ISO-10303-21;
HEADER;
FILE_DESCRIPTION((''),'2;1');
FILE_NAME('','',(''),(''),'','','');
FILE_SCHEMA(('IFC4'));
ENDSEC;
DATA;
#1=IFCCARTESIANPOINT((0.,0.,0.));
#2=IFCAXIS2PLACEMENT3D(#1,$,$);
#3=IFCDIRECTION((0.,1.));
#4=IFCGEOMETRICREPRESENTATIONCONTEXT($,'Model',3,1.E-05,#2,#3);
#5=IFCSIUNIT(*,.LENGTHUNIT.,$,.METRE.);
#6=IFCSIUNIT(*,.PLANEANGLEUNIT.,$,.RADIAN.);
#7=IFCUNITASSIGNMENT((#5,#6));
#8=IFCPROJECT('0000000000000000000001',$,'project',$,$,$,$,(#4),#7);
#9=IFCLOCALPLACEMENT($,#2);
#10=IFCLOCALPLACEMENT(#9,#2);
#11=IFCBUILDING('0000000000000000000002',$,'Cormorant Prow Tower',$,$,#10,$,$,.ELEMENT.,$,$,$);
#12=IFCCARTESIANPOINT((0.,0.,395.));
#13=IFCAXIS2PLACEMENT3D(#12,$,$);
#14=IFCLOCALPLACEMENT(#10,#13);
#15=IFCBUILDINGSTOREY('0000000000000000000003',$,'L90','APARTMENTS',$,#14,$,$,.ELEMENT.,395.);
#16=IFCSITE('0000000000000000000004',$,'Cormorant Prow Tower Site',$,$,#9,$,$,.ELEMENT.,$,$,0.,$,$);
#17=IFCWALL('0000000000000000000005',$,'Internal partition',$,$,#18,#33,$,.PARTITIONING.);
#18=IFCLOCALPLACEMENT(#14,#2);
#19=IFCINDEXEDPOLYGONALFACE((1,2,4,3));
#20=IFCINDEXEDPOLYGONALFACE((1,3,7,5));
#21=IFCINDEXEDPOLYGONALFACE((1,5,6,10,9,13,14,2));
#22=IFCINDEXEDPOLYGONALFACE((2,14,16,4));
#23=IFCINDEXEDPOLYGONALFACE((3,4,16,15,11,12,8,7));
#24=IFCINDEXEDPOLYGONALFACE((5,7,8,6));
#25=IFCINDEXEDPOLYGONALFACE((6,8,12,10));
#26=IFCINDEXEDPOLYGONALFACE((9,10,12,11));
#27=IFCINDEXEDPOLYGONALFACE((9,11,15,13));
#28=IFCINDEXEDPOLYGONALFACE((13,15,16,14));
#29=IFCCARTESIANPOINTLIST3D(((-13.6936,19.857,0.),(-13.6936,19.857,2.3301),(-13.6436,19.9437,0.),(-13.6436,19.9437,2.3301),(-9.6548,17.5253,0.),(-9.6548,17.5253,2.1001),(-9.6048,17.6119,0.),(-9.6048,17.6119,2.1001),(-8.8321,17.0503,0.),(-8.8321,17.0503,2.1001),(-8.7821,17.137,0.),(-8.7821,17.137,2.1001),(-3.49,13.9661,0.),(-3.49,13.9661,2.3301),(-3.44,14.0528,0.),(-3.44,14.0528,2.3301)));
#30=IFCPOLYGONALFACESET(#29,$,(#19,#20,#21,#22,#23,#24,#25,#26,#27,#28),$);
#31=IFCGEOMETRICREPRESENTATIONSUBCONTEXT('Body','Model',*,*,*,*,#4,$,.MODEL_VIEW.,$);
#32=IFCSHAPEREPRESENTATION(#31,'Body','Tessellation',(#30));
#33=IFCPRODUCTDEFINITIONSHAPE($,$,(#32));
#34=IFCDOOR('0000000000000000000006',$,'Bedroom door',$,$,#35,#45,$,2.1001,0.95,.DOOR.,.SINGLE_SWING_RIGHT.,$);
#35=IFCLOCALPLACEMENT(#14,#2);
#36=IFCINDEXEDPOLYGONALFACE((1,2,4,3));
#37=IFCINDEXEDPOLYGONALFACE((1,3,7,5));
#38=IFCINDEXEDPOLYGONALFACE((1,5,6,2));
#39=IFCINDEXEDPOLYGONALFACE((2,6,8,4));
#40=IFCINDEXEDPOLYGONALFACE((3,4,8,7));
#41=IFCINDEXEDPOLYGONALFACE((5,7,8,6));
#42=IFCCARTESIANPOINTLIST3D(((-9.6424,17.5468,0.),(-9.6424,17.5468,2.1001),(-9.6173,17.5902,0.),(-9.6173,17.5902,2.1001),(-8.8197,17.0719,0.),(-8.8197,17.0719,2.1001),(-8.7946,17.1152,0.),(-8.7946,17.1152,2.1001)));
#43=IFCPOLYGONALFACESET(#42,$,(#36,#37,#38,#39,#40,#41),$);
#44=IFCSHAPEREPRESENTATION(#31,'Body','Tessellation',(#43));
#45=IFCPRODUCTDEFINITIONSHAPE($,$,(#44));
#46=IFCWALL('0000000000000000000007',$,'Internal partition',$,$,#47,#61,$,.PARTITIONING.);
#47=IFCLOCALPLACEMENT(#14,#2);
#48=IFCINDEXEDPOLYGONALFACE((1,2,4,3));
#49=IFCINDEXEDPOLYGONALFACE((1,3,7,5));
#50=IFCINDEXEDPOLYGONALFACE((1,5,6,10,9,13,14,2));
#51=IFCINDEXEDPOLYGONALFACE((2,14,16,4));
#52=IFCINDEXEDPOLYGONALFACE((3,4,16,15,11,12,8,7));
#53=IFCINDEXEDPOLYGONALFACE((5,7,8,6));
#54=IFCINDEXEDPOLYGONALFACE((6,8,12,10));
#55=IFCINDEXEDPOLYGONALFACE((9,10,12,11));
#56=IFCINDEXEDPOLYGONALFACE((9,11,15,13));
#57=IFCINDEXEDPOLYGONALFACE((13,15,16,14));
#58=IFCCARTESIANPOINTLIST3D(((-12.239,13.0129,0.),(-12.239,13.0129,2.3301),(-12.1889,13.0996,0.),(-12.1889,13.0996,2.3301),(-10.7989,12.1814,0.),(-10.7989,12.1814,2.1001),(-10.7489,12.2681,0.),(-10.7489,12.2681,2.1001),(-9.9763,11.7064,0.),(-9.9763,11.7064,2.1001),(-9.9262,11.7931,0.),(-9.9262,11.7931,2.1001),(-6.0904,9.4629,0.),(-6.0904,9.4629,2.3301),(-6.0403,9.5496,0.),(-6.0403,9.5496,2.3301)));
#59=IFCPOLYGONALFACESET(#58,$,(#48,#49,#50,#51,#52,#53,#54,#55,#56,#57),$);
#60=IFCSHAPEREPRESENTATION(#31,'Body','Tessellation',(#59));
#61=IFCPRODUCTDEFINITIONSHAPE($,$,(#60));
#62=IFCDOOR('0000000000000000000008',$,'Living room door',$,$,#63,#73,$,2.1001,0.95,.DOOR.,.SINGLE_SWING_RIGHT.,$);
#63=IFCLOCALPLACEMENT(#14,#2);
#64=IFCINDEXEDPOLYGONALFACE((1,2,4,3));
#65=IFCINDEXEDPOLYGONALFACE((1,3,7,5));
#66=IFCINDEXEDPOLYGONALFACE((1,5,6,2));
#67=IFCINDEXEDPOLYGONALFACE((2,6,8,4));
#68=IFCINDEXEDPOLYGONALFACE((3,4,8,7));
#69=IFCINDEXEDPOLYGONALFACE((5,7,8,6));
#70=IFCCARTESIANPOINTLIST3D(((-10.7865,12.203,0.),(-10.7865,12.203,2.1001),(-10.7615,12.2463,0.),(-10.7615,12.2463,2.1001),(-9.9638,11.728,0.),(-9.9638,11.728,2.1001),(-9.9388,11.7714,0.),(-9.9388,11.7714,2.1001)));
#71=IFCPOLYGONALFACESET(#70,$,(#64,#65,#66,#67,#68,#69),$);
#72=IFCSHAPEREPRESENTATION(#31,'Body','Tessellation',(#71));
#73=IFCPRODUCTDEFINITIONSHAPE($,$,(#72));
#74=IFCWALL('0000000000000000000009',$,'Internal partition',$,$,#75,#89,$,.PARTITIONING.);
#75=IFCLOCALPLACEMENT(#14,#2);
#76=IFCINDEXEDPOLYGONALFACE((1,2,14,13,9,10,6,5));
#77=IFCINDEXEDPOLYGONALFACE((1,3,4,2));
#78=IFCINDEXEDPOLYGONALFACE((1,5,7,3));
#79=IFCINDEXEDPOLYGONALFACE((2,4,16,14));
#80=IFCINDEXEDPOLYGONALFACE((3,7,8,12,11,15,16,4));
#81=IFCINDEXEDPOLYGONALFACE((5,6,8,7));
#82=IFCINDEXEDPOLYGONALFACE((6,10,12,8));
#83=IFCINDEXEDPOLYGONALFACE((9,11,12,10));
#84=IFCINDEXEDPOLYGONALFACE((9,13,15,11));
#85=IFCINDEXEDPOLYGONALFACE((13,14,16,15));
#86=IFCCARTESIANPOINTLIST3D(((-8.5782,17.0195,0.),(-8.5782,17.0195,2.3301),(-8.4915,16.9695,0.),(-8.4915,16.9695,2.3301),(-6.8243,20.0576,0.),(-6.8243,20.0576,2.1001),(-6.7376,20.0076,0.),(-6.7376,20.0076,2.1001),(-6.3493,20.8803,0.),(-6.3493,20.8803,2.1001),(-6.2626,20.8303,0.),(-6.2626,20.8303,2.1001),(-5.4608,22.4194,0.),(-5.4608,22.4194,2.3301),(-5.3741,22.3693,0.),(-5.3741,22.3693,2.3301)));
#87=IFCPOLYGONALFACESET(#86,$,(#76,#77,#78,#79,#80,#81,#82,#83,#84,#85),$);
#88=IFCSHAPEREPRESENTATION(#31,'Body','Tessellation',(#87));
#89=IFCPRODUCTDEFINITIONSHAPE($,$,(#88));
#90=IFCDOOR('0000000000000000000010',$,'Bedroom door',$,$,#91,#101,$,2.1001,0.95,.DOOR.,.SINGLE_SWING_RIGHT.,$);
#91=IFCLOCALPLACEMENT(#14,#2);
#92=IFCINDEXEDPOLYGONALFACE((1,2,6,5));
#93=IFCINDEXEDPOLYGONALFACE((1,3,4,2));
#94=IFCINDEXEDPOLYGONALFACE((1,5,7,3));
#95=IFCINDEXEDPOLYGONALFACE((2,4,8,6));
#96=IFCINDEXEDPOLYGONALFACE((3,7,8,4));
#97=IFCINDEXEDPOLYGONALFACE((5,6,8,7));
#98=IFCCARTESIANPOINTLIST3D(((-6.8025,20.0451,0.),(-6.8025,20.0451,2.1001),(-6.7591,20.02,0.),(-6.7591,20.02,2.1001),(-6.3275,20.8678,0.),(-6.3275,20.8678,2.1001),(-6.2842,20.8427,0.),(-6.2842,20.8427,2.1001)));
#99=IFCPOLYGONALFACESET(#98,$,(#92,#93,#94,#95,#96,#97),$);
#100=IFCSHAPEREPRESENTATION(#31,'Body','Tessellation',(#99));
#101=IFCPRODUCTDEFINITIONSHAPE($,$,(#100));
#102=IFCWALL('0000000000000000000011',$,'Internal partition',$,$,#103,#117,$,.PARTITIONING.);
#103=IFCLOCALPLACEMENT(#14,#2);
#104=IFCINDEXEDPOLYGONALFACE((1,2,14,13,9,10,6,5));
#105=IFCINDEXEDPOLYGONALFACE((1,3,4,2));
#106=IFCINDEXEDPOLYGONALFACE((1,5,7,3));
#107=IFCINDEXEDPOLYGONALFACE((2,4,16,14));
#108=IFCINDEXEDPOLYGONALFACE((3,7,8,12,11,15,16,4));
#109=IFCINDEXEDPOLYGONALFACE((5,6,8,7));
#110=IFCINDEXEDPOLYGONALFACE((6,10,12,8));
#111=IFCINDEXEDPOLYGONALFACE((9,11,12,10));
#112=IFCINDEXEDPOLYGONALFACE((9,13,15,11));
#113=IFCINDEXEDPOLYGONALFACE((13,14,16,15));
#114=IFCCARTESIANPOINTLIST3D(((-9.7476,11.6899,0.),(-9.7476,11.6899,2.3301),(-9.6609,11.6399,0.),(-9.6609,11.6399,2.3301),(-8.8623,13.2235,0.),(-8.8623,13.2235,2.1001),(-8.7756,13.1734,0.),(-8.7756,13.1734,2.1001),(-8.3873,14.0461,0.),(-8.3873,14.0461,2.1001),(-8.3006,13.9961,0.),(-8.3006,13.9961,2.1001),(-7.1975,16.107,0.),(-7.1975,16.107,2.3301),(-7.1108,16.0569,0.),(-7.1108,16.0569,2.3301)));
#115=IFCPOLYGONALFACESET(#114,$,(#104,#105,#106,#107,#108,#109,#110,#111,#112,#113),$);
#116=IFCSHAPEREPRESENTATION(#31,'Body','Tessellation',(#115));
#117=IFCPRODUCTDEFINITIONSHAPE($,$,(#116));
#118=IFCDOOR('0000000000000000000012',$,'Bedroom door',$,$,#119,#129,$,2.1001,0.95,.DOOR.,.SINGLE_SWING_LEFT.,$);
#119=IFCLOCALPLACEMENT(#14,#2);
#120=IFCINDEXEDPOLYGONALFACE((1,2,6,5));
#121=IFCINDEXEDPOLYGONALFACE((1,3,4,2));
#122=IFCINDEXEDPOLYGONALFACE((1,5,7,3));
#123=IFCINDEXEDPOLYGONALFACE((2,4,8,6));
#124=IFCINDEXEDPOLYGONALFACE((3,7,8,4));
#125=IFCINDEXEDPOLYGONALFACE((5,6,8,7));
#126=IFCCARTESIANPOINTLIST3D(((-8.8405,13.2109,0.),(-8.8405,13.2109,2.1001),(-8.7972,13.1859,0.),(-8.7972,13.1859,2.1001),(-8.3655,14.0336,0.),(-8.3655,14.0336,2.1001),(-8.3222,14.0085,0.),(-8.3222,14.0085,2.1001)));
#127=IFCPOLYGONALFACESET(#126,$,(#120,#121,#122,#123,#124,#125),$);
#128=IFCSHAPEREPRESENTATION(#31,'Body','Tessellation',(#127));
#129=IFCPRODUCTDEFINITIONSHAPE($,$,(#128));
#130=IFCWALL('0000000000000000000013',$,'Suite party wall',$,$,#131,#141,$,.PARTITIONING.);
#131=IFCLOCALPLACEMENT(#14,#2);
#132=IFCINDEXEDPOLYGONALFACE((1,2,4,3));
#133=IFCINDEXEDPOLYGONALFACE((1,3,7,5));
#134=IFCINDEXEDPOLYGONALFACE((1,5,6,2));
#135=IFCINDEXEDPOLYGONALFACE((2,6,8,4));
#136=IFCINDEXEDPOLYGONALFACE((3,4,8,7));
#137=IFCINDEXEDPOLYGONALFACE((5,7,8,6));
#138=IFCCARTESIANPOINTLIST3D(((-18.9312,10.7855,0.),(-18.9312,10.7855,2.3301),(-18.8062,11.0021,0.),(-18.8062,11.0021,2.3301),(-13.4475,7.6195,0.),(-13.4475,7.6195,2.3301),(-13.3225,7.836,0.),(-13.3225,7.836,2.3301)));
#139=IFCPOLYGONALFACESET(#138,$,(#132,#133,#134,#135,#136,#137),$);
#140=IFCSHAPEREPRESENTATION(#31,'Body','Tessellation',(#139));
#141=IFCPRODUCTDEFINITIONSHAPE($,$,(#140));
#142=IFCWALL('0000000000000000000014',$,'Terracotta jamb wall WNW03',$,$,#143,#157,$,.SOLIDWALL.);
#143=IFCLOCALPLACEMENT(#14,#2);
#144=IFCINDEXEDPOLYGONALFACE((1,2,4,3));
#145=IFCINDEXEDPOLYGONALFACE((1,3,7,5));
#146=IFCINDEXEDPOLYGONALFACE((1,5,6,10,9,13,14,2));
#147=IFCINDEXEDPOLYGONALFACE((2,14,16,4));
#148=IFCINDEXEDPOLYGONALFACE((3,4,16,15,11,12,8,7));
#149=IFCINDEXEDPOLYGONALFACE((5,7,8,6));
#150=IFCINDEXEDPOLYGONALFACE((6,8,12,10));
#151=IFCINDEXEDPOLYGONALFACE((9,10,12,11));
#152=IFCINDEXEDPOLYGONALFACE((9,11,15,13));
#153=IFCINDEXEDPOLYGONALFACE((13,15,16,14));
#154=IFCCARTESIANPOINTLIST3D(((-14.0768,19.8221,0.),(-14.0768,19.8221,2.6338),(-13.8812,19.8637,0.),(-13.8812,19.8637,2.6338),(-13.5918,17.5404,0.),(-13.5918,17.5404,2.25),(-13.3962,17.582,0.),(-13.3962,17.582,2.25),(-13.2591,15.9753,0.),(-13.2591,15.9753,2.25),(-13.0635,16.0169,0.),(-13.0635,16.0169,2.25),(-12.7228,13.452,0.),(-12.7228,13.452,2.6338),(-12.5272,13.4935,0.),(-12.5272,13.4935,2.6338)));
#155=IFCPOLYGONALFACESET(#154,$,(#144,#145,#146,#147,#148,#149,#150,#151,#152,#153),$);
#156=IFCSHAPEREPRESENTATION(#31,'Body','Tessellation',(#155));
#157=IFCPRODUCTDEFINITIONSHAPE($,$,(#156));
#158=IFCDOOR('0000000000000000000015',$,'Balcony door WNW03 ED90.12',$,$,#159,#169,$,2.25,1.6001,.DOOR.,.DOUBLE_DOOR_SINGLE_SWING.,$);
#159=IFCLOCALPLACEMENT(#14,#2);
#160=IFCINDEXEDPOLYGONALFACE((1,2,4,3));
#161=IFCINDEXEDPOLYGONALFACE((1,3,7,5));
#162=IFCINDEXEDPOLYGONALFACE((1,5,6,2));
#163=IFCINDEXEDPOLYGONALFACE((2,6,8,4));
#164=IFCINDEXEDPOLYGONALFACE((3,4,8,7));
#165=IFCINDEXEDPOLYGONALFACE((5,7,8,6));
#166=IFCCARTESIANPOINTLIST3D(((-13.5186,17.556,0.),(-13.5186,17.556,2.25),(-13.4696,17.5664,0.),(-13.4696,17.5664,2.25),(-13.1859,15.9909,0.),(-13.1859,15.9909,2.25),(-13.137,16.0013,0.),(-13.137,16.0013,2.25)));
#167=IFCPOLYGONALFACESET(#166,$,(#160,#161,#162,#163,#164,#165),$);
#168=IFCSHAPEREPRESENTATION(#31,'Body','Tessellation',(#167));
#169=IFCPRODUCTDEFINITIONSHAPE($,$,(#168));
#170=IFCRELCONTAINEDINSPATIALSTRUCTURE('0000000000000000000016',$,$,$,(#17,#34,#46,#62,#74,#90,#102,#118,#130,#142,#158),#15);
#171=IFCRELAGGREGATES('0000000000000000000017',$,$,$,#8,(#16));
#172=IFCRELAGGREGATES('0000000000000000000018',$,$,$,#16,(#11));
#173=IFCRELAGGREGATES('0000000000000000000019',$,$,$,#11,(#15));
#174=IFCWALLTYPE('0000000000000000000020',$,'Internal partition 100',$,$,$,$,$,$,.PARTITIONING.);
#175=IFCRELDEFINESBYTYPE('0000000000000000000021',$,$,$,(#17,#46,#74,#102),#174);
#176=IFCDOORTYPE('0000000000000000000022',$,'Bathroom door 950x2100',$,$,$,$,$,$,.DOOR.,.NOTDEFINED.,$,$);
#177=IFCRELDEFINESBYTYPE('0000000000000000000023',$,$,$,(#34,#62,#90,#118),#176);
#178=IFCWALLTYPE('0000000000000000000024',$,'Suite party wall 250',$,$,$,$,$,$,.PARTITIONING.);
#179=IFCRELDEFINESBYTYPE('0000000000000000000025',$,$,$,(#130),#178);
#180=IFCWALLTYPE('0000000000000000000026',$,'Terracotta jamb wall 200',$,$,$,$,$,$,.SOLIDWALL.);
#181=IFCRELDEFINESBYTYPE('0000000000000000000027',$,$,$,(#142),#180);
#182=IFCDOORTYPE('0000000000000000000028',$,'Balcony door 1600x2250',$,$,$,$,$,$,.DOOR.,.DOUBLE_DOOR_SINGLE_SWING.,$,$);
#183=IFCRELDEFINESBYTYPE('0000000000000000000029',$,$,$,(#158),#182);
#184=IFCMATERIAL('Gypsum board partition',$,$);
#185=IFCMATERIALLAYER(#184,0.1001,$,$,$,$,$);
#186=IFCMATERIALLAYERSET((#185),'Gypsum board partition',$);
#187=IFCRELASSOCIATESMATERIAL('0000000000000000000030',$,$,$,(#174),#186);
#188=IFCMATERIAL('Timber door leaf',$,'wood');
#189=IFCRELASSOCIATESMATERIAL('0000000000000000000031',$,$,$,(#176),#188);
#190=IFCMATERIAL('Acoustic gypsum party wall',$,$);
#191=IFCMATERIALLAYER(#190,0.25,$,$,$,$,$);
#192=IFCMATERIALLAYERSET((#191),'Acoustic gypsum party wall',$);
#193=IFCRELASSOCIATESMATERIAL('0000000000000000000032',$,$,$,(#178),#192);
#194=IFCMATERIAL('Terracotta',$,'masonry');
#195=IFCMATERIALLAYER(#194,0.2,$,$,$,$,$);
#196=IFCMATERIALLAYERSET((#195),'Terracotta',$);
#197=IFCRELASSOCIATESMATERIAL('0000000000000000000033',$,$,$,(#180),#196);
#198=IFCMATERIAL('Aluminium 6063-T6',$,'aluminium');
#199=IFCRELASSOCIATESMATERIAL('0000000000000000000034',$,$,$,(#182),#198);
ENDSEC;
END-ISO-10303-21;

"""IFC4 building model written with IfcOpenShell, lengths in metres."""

from ifc_helpers import new_model, si_unit, direction, frame, frame_2d, origin, place, context, subcontext, project, spatial, rectangle, extrude, material, layer, layer_set, type_object, element, fill, save


model = new_model("IFC4")

# Units and contexts
model_context = context("Model", 3, precision=1e-05, world=origin(), true_north=direction((0.0, 1.0)))
body_context = subcontext(model_context, "Body", "Model", "MODEL_VIEW")
ifc_project = project(units=[si_unit("LENGTHUNIT", "METRE"), si_unit("PLANEANGLEUNIT", "RADIAN")], contexts=[model_context])

# Site, building, storey
site_placement = place(None, origin())
site = spatial("IfcSite", under=ifc_project, at=site_placement, Name="Cormorant Prow Tower Site", CompositionType="ELEMENT", RefElevation=0.0)
building_placement = place(site_placement, origin())
building = spatial("IfcBuilding", under=site, at=building_placement, Name="Cormorant Prow Tower", CompositionType="ELEMENT")
storey_placement = place(building_placement, frame((0.0, 0.0, 395.0)))
storey = spatial("IfcBuildingStorey", under=building, at=storey_placement, Name="L90", Description="APARTMENTS", CompositionType="ELEMENT", Elevation=395.0)

# Walls, openings, doors
ifc_material_1 = material(Name="Gypsum board partition")
ifc_layer_1 = layer(ifc_material_1, 0.1001)
ifc_layer_set_1 = layer_set([ifc_layer_1], Name="Gypsum board partition")
wall_type_1 = type_object("IfcWallType", Name="Internal partition 100", PredefinedType="PARTITIONING", material=ifc_layer_set_1)
wall_1_placement = place(storey_placement, frame((-13.6687, 19.9004, 0.0), z_axis=(0.0, 0.0, 1.0), x_axis=(0.866032, -0.499988, 0.0)))
wall_1 = element("IfcWall", 1, at=wall_1_placement, inside=storey, type_object=wall_type_1, Name="Internal partition", PredefinedType="PARTITIONING", context=body_context, shape_type="SweptSolid", body=[
    extrude(rectangle(XDim=11.782, YDim=0.1001, at=frame_2d((5.8911, 0.0))), origin(), (0.0, 0.0, 1.0), 2.3301),
])
opening_1_placement = place(wall_1_placement, frame((4.6636, 0.0, 0.0)))
opening_1 = element("IfcOpeningElement", 2, at=opening_1_placement, cuts=wall_1, PredefinedType="OPENING", context=body_context, shape_type="SweptSolid", body=[
    extrude(rectangle(XDim=0.95, YDim=2.1001, at=frame_2d((0.4751, 1.05))), frame((0.0, 0.0601, 0.0), z_axis=(0.0, -1.0, 0.0), x_axis=(1.0, 0.0, 0.0)), (0.0, 0.0, 1.0), 0.1201),
])
ifc_material_2 = material(Name="Timber door leaf", Category="wood")
door_type_1 = type_object("IfcDoorType", Name="Bathroom door 950x2100", OperationType="NOTDEFINED", PredefinedType="DOOR", material=ifc_material_2)
door_1_placement = place(opening_1_placement, origin())
door_1 = element("IfcDoor", 3, at=door_1_placement, inside=storey, type_object=door_type_1, Name="Bedroom door", OperationType="SINGLE_SWING_RIGHT", OverallHeight=2.1001, OverallWidth=0.95, PredefinedType="DOOR", context=body_context, shape_type="SweptSolid", body=[
    extrude(rectangle(XDim=0.95, YDim=2.1001, at=frame_2d((0.4751, 1.05))), frame((0.0, 0.0249, 0.0), z_axis=(0.0, -1.0, 0.0), x_axis=(1.0, 0.0, 0.0)), (0.0, 0.0, 1.0), 0.05),
])
fill(opening_1, door_1)
wall_2_placement = place(storey_placement, frame((-12.2139, 13.0562, 0.0), z_axis=(0.0, 0.0, 1.0), x_axis=(0.866019, -0.500011, 0.0)))
wall_2 = element("IfcWall", 4, at=wall_2_placement, inside=storey, type_object=wall_type_1, Name="Internal partition", PredefinedType="PARTITIONING", context=body_context, shape_type="SweptSolid", body=[
    extrude(rectangle(XDim=7.0999, YDim=0.1001, at=frame_2d((3.5498, 0.0))), origin(), (0.0, 0.0, 1.0), 2.3301),
])
opening_2_placement = place(wall_2_placement, frame((1.6626, 0.0, 0.0)))
opening_2 = element("IfcOpeningElement", 5, at=opening_2_placement, cuts=wall_2, PredefinedType="OPENING", context=body_context, shape_type="SweptSolid", body=[
    extrude(rectangle(XDim=0.95, YDim=2.1001, at=frame_2d((0.4751, 1.05))), frame((0.0, 0.0601, 0.0), z_axis=(0.0, -1.0, 0.0), x_axis=(1.0, 0.0, 0.0)), (0.0, 0.0, 1.0), 0.1201),
])
door_2_placement = place(opening_2_placement, origin())
door_2 = element("IfcDoor", 6, at=door_2_placement, inside=storey, type_object=door_type_1, Name="Living room door", OperationType="SINGLE_SWING_RIGHT", OverallHeight=2.1001, OverallWidth=0.95, PredefinedType="DOOR", context=body_context, shape_type="SweptSolid", body=[
    extrude(rectangle(XDim=0.95, YDim=2.1001, at=frame_2d((0.4751, 1.05))), frame((0.0, 0.0249, 0.0), z_axis=(0.0, -1.0, 0.0), x_axis=(1.0, 0.0, 0.0)), (0.0, 0.0, 1.0), 0.05),
])
fill(opening_2, door_2)
wall_3_placement = place(storey_placement, frame((-8.5349, 16.9944, 0.0), z_axis=(0.0, 0.0, 1.0), x_axis=(0.499976, 0.86604, 0.0)))
wall_3 = element("IfcWall", 7, at=wall_3_placement, inside=storey, type_object=wall_type_1, Name="Internal partition", PredefinedType="PARTITIONING", context=body_context, shape_type="SweptSolid", body=[
    extrude(rectangle(XDim=6.2351, YDim=0.1001, at=frame_2d((3.1177, 0.0))), origin(), (0.0, 0.0, 1.0), 2.3301),
])
opening_3_placement = place(wall_3_placement, frame((3.5081, 0.0, 0.0)))
opening_3 = element("IfcOpeningElement", 8, at=opening_3_placement, cuts=wall_3, PredefinedType="OPENING", context=body_context, shape_type="SweptSolid", body=[
    extrude(rectangle(XDim=0.95, YDim=2.1001, at=frame_2d((0.4751, 1.05))), frame((0.0, 0.0601, 0.0), z_axis=(0.0, -1.0, 0.0), x_axis=(1.0, 0.0, 0.0)), (0.0, 0.0, 1.0), 0.1201),
])
door_3_placement = place(opening_3_placement, origin())
door_3 = element("IfcDoor", 9, at=door_3_placement, inside=storey, type_object=door_type_1, Name="Bedroom door", OperationType="SINGLE_SWING_RIGHT", OverallHeight=2.1001, OverallWidth=0.95, PredefinedType="DOOR", context=body_context, shape_type="SweptSolid", body=[
    extrude(rectangle(XDim=0.95, YDim=2.1001, at=frame_2d((0.4751, 1.05))), frame((0.0, 0.0249, 0.0), z_axis=(0.0, -1.0, 0.0), x_axis=(1.0, 0.0, 0.0)), (0.0, 0.0, 1.0), 0.05),
])
fill(opening_3, door_3)
wall_4_placement = place(storey_placement, frame((-9.7043, 11.6648, 0.0), z_axis=(0.0, 0.0, 1.0), x_axis=(0.499985, 0.866034, 0.0)))
wall_4 = element("IfcWall", 10, at=wall_4_placement, inside=storey, type_object=wall_type_1, Name="Internal partition", PredefinedType="PARTITIONING", context=body_context, shape_type="SweptSolid", body=[
    extrude(rectangle(XDim=5.1003, YDim=0.1001, at=frame_2d((2.5503, 0.0))), origin(), (0.0, 0.0, 1.0), 2.3301),
])
opening_4_placement = place(wall_4_placement, frame((1.7708, 0.0, 0.0)))
opening_4 = element("IfcOpeningElement", 11, at=opening_4_placement, cuts=wall_4, PredefinedType="OPENING", context=body_context, shape_type="SweptSolid", body=[
    extrude(rectangle(XDim=0.95, YDim=2.1001, at=frame_2d((0.4751, 1.05))), frame((0.0, 0.0601, 0.0), z_axis=(0.0, -1.0, 0.0), x_axis=(1.0, 0.0, 0.0)), (0.0, 0.0, 1.0), 0.1201),
])
door_4_placement = place(opening_4_placement, origin())
door_4 = element("IfcDoor", 12, at=door_4_placement, inside=storey, type_object=door_type_1, Name="Bedroom door", OperationType="SINGLE_SWING_LEFT", OverallHeight=2.1001, OverallWidth=0.95, PredefinedType="DOOR", context=body_context, shape_type="SweptSolid", body=[
    extrude(rectangle(XDim=0.95, YDim=2.1001, at=frame_2d((0.4751, 1.05))), frame((0.0, 0.0249, 0.0), z_axis=(0.0, -1.0, 0.0), x_axis=(1.0, 0.0, 0.0)), (0.0, 0.0, 1.0), 0.05),
])
fill(opening_4, door_4)

# Wall
ifc_material_3 = material(Name="Acoustic gypsum party wall")
ifc_layer_2 = layer(ifc_material_3, 0.25)
ifc_layer_set_2 = layer_set([ifc_layer_2], Name="Acoustic gypsum party wall")
wall_type_2 = type_object("IfcWallType", Name="Suite party wall 250", PredefinedType="PARTITIONING", material=ifc_layer_set_2)
wall_5_placement = place(storey_placement, frame((-18.8687, 10.8938, 0.0), z_axis=(0.0, 0.0, 1.0), x_axis=(0.866023, -0.500004, 0.0)))
element("IfcWall", 13, at=wall_5_placement, inside=storey, type_object=wall_type_2, Name="Suite party wall", PredefinedType="PARTITIONING", context=body_context, shape_type="SweptSolid", body=[
    extrude(rectangle(XDim=6.332, YDim=0.25, at=frame_2d((3.166, 0.0))), origin(), (0.0, 0.0, 1.0), 2.3301),
])

# Wall, opening, door
ifc_material_4 = material(Name="Terracotta", Category="masonry")
ifc_layer_3 = layer(ifc_material_4, 0.2)
ifc_layer_set_3 = layer_set([ifc_layer_3], Name="Terracotta")
wall_type_3 = type_object("IfcWallType", Name="Terracotta jamb wall 200", PredefinedType="SOLIDWALL", material=ifc_layer_set_3)
wall_6_placement = place(storey_placement, frame((-13.979, 19.843, 0.0), z_axis=(0.0, 0.0, 1.0), x_axis=(0.207911, -0.978148, 0.0)))
wall_6 = element("IfcWall", 14, at=wall_6_placement, inside=storey, type_object=wall_type_3, Name="Terracotta jamb wall WNW03", PredefinedType="SOLIDWALL", context=body_context, shape_type="SweptSolid", body=[
    extrude(rectangle(XDim=6.5125, YDim=0.2, at=frame_2d((3.2563, 0.0))), origin(), (0.0, 0.0, 1.0), 2.6338),
])
opening_5_placement = place(wall_6_placement, frame((2.3328, 0.0, 0.0)))
opening_5 = element("IfcOpeningElement", 15, at=opening_5_placement, cuts=wall_6, PredefinedType="OPENING", context=body_context, shape_type="SweptSolid", body=[
    extrude(rectangle(XDim=1.6001, YDim=2.25, at=frame_2d((0.8, 1.125))), frame((0.0, 0.1099, 0.0), z_axis=(0.0, -1.0, 0.0), x_axis=(1.0, 0.0, 0.0)), (0.0, 0.0, 1.0), 0.22),
])
ifc_material_5 = material(Name="Aluminium 6063-T6", Category="aluminium")
door_type_2 = type_object("IfcDoorType", Name="Balcony door 1600x2250", OperationType="DOUBLE_DOOR_SINGLE_SWING", PredefinedType="DOOR", material=ifc_material_5)
door_5_placement = place(opening_5_placement, origin())
door_5 = element("IfcDoor", 16, at=door_5_placement, inside=storey, type_object=door_type_2, Name="Balcony door WNW03 ED90.12", OperationType="DOUBLE_DOOR_SINGLE_SWING", OverallHeight=2.25, OverallWidth=1.6001, PredefinedType="DOOR", context=body_context, shape_type="SweptSolid", body=[
    extrude(rectangle(XDim=1.6001, YDim=2.25, at=frame_2d((0.8, 1.125))), frame((0.0, 0.0249, 0.0), z_axis=(0.0, -1.0, 0.0), x_axis=(1.0, 0.0, 0.0)), (0.0, 0.0, 1.0), 0.05),
])
fill(opening_5, door_5)

save(model, "model.ifc")
